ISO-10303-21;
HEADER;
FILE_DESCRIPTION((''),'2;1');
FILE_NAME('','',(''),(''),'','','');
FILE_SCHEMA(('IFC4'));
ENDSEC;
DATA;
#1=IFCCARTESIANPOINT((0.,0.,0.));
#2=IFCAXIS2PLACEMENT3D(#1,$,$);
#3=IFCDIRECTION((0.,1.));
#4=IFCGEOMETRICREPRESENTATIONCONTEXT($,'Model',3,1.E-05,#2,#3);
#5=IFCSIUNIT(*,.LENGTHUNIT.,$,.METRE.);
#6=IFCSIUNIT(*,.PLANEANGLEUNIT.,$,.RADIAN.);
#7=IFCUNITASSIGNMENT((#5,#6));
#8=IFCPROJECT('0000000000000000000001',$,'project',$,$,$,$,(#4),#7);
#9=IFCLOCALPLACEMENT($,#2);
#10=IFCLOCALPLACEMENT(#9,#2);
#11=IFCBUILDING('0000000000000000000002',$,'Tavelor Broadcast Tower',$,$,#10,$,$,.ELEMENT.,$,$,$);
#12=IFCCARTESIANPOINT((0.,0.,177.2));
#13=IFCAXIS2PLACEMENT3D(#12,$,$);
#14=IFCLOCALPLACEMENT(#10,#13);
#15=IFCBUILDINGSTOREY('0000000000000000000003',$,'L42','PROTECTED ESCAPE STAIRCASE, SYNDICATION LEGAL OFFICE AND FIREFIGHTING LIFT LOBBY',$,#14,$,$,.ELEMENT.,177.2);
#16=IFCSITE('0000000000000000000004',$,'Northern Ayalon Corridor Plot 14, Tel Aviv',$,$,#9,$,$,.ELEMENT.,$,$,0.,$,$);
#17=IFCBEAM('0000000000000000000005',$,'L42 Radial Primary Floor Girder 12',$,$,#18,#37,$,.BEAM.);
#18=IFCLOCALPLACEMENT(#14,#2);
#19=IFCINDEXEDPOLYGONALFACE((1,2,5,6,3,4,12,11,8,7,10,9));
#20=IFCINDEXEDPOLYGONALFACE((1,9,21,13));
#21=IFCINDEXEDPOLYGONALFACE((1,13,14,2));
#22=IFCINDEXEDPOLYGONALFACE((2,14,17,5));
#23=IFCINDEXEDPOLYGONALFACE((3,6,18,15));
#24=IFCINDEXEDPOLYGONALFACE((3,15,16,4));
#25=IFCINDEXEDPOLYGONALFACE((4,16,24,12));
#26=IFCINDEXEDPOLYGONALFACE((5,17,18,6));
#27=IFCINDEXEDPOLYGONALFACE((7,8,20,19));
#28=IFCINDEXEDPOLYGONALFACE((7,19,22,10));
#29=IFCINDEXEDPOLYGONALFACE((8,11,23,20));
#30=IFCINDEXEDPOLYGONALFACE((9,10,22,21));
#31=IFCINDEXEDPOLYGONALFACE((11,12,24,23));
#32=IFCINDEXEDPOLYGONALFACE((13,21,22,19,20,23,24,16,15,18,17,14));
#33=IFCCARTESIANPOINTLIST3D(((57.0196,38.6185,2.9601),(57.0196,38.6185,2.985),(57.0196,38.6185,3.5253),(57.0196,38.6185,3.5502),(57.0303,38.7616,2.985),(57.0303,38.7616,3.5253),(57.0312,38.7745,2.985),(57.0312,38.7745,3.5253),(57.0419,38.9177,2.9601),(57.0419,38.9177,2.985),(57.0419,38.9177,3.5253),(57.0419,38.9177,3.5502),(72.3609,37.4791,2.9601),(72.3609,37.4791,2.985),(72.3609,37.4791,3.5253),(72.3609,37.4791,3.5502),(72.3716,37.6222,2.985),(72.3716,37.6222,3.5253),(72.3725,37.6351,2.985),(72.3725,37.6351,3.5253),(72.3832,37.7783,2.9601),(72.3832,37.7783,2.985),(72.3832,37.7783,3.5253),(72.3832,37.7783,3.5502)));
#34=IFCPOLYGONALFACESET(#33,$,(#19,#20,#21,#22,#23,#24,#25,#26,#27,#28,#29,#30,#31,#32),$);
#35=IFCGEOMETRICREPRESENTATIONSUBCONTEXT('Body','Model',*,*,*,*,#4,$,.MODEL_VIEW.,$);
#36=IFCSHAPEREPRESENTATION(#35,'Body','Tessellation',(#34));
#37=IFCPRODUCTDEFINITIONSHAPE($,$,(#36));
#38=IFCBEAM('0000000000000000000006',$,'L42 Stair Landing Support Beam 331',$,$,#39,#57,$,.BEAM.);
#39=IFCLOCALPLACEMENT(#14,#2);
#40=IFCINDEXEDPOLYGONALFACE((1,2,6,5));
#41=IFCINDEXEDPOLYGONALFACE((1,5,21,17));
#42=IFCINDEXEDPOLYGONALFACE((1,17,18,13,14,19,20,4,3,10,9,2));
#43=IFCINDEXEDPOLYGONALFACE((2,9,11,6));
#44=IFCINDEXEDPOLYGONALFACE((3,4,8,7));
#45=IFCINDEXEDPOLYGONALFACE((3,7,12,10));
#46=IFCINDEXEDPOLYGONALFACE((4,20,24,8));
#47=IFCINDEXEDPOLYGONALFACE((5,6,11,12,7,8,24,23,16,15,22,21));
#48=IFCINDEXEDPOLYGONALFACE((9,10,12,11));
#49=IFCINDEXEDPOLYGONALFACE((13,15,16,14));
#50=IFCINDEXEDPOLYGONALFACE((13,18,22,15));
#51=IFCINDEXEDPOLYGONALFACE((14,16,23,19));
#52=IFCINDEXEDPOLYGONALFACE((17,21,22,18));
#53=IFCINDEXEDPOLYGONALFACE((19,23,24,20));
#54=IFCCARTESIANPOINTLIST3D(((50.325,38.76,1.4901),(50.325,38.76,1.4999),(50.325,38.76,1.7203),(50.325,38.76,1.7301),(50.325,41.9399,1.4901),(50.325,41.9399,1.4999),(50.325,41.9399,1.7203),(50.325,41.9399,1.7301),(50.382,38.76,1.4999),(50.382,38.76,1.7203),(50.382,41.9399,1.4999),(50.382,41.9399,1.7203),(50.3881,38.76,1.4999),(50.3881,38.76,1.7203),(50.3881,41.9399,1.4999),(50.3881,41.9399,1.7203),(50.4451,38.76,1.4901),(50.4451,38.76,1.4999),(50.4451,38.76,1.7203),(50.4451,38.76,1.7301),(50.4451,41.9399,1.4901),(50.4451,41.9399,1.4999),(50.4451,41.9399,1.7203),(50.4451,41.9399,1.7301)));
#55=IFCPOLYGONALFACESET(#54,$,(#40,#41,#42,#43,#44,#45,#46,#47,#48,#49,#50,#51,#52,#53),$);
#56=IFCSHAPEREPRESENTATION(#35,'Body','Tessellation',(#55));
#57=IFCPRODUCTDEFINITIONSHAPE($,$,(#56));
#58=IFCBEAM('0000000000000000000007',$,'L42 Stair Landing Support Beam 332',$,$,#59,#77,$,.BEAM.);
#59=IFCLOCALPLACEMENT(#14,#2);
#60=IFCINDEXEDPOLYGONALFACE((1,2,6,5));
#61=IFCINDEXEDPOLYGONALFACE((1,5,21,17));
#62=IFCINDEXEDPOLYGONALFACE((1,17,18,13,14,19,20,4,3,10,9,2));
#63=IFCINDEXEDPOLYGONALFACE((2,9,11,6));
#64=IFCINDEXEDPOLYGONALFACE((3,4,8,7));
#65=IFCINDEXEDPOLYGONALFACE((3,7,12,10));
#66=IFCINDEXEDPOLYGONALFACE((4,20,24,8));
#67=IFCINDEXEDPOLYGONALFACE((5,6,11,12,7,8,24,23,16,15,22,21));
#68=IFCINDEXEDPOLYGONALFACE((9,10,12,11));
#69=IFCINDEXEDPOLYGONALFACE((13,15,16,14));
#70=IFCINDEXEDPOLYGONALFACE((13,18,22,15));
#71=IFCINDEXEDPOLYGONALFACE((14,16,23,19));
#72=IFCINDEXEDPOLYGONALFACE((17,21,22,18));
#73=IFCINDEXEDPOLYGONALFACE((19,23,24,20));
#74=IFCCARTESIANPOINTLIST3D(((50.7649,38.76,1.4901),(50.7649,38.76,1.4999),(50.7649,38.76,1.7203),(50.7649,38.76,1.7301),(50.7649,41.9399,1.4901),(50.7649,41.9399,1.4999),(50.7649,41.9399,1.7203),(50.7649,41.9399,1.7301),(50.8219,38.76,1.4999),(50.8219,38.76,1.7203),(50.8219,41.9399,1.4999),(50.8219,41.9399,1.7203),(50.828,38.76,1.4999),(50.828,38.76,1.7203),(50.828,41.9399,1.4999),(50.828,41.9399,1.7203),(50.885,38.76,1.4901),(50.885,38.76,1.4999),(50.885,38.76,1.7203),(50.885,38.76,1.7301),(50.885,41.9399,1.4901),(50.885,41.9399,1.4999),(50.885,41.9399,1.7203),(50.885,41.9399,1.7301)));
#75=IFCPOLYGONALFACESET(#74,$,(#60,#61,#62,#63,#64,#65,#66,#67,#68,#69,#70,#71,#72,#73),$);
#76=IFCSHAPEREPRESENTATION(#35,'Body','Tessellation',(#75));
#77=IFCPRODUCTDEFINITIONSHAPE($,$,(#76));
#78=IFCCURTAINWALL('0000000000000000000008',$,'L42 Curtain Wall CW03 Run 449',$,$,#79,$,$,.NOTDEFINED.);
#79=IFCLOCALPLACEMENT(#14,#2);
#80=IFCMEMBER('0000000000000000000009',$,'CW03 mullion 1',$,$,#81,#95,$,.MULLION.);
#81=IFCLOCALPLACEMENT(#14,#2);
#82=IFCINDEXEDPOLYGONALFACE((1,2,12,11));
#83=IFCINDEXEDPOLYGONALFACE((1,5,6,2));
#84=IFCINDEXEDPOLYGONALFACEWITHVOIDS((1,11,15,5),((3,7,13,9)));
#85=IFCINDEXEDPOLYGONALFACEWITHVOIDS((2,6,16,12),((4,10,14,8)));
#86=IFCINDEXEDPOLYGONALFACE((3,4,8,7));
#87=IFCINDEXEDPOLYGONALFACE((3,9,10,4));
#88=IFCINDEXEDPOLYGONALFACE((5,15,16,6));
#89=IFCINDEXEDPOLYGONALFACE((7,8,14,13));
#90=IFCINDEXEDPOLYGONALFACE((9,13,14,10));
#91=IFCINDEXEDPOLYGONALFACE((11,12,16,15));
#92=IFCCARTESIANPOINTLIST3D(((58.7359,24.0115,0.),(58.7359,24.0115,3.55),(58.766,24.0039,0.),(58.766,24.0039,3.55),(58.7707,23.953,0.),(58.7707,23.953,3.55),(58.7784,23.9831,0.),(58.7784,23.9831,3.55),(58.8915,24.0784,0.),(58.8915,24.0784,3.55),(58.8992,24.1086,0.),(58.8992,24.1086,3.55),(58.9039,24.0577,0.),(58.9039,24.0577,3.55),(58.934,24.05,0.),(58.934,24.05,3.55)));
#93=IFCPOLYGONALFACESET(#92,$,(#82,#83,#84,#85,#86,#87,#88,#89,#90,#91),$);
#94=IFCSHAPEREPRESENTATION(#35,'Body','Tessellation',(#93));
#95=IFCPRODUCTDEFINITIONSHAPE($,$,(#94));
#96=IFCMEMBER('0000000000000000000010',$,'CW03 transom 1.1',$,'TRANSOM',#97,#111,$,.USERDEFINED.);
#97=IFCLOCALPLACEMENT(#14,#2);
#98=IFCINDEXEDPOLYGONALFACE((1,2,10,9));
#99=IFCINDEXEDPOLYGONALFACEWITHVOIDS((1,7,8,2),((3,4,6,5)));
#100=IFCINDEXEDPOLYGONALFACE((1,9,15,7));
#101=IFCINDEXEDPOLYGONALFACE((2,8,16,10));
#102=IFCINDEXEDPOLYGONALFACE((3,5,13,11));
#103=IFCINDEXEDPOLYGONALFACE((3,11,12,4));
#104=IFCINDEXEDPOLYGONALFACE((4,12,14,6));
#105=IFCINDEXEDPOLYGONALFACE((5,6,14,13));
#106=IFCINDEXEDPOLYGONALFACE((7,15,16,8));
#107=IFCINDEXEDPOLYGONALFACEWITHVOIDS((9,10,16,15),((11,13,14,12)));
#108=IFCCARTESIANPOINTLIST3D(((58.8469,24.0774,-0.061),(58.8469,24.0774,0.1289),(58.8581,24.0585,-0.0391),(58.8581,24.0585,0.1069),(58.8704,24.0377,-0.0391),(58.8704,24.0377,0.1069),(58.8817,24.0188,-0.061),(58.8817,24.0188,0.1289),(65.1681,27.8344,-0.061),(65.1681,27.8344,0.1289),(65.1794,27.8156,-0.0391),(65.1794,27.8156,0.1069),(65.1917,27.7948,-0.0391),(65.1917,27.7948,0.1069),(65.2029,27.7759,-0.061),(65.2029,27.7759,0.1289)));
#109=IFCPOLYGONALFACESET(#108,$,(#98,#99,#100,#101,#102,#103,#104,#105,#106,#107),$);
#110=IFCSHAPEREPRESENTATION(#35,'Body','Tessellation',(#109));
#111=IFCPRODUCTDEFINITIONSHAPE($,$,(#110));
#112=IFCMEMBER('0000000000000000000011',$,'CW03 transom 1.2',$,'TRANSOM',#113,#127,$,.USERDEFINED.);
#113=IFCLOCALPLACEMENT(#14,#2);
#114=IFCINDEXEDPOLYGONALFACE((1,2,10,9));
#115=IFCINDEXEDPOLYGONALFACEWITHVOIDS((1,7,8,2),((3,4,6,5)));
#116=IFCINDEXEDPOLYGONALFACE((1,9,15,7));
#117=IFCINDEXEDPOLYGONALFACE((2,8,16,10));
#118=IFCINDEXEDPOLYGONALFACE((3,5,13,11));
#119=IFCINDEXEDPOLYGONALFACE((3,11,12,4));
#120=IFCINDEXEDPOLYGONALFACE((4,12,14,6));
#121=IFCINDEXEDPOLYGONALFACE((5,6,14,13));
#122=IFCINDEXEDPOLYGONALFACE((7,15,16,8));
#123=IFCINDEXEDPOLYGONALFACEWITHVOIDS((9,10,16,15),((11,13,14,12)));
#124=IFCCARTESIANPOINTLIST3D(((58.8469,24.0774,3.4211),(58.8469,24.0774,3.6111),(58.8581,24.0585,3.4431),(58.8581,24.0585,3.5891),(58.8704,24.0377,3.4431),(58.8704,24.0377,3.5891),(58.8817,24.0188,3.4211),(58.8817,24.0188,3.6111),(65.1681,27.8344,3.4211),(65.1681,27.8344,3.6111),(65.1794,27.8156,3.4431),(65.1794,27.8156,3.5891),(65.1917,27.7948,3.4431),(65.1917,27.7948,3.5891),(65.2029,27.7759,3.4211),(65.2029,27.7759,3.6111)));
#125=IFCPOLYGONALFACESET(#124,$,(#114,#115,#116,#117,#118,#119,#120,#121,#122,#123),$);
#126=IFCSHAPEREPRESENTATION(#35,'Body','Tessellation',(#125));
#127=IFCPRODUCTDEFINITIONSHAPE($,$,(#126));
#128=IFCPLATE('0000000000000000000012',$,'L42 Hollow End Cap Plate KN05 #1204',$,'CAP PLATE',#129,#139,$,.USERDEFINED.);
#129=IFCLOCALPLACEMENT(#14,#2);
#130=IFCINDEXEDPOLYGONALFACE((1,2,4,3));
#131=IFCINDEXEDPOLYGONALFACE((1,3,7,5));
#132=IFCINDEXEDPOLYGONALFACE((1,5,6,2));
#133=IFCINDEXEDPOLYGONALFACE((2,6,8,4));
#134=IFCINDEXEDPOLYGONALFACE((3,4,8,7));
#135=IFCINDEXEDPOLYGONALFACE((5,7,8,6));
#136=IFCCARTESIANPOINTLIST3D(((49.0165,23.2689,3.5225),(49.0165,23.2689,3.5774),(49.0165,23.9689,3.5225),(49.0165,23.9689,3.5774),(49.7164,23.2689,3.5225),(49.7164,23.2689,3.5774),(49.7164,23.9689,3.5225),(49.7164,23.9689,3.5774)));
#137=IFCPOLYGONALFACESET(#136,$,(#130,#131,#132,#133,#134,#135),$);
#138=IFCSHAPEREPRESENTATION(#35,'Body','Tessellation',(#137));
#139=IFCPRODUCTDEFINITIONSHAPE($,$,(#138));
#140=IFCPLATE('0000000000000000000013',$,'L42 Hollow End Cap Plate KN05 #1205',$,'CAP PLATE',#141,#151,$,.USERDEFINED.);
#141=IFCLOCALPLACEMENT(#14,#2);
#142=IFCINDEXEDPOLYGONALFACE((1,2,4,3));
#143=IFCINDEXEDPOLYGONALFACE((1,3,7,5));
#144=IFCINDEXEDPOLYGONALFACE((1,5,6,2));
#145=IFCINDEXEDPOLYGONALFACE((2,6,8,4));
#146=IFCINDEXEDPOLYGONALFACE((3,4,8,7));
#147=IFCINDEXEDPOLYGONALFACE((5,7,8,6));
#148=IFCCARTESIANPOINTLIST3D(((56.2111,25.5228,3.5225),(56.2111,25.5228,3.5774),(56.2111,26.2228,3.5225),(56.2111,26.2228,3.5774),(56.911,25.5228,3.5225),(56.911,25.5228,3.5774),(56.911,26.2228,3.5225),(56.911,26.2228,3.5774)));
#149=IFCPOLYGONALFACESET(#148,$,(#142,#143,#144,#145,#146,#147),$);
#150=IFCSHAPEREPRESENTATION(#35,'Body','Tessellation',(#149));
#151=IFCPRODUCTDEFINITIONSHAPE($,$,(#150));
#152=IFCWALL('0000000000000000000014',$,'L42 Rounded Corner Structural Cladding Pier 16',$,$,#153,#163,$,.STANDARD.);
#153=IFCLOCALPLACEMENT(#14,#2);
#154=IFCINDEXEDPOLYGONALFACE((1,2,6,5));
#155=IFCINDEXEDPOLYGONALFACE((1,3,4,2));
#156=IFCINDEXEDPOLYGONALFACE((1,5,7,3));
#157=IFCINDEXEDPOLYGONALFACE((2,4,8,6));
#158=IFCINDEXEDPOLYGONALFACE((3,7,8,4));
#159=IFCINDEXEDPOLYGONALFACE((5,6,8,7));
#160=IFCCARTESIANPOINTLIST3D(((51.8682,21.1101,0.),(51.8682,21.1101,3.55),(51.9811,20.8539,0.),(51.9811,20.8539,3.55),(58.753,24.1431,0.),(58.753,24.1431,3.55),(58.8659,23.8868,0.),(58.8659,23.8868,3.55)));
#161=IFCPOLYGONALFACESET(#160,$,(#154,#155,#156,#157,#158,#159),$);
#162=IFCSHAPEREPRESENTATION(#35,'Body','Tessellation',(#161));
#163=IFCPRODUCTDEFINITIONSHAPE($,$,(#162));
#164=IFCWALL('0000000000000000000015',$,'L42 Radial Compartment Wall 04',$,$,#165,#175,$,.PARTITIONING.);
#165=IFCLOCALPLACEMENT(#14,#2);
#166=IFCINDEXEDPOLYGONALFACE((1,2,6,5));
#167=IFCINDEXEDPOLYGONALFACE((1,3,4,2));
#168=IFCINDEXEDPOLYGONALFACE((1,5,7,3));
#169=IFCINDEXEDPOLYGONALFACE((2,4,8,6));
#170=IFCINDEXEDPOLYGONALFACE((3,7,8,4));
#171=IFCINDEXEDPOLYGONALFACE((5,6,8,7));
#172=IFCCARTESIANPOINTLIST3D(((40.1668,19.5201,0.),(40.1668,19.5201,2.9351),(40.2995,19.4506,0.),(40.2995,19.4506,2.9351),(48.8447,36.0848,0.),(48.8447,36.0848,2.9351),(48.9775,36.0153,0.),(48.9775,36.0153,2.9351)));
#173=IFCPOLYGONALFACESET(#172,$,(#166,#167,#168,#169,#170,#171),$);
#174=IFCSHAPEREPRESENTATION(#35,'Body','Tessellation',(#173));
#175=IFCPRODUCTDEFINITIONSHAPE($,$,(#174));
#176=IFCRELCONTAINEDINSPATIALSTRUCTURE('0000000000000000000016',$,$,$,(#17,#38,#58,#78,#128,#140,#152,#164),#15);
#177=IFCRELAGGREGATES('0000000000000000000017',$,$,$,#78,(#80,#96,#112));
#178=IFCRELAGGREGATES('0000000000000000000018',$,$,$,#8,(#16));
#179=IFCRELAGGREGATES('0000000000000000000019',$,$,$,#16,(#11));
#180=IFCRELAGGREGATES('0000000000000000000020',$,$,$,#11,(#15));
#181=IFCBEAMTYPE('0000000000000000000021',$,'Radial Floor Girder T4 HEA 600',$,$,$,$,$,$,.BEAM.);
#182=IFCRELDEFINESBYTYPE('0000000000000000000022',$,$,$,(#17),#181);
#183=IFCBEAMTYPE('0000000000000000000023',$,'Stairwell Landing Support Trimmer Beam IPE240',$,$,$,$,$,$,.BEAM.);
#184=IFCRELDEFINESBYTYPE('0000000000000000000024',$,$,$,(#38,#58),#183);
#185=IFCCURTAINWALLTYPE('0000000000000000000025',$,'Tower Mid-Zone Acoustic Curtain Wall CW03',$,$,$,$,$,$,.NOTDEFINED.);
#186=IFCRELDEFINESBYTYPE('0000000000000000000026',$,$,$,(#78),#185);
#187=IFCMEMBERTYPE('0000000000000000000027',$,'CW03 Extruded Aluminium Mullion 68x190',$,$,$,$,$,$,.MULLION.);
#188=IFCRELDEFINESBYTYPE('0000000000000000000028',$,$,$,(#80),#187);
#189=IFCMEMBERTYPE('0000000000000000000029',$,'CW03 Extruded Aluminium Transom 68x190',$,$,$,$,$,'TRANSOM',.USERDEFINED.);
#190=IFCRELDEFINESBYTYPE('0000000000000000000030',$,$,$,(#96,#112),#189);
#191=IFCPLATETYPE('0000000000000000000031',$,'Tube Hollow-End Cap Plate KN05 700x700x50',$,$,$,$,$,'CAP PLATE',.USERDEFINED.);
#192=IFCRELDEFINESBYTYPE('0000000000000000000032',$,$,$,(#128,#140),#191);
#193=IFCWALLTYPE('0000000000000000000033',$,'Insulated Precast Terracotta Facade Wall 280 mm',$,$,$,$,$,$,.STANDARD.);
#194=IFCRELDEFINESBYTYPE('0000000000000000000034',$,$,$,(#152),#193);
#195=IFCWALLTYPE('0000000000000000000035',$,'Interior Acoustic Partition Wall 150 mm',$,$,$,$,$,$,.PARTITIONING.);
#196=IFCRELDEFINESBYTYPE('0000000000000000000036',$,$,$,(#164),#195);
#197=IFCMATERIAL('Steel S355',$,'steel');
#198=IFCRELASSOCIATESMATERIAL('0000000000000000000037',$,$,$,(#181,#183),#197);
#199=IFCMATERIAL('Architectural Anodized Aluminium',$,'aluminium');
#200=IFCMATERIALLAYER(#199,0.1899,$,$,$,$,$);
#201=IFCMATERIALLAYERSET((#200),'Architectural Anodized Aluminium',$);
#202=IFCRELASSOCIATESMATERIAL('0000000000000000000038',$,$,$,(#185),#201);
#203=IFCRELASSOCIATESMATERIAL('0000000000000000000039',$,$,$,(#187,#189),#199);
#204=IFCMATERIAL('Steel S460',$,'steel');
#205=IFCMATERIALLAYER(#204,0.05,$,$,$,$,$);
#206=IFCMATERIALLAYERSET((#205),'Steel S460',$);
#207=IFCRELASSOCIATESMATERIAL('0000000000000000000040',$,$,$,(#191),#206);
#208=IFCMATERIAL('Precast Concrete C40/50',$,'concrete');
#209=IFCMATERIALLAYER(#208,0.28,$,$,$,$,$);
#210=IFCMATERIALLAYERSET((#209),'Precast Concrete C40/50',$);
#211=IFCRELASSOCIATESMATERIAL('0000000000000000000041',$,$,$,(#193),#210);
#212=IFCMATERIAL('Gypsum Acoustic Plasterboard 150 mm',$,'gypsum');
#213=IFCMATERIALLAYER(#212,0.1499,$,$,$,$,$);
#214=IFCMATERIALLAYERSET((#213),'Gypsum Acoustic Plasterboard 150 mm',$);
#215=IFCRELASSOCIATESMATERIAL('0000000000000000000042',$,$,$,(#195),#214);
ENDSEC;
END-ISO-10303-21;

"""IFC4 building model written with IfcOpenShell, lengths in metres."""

from ifc_helpers import new_model, si_unit, direction, frame, frame_2d, origin, origin_2d, place, context, subcontext, project, spatial, rectangle, hollow_rectangle, i_section, extrude, source, transform, mapped, material, layer, layer_set, material_profile, profile_set, type_object, type_shapes, element, aggregate, save


model = new_model("IFC4")

# Units and contexts
model_context = context("Model", 3, precision=1e-05, world=origin(), true_north=direction((0.0, 1.0)))
body_context = subcontext(model_context, "Body", "Model", "MODEL_VIEW")
ifc_project = project(units=[si_unit("LENGTHUNIT", "METRE"), si_unit("PLANEANGLEUNIT", "RADIAN")], contexts=[model_context])

# Site, building, storey
site_placement = place(None, origin())
site = spatial("IfcSite", under=ifc_project, at=site_placement, Name="Northern Ayalon Corridor Plot 14, Tel Aviv", CompositionType="ELEMENT", RefElevation=0.0)
building_placement = place(site_placement, origin())
building = spatial("IfcBuilding", under=site, at=building_placement, Name="Tavelor Broadcast Tower", CompositionType="ELEMENT")
storey_placement = place(building_placement, frame((0.0, 0.0, 177.2)))
storey = spatial("IfcBuildingStorey", under=building, at=storey_placement, Name="L42", Description="PROTECTED ESCAPE STAIRCASE, SYNDICATION LEGAL OFFICE AND FIREFIGHTING LIFT LOBBY", CompositionType="ELEMENT", Elevation=177.2)

# Shared definitions
ifc_material_1 = material(Name="Steel S460", Category="steel")

# Beams
ifc_material_2 = material(Name="Steel S355", Category="steel")
ifc_material_profile_1 = material_profile(ifc_material_2, i_section(OverallWidth=0.3, OverallDepth=0.5901, WebThickness=0.0129, FlangeThickness=0.0249, at=origin_2d()), Name="HEA 600")
ifc_profile_set_1 = profile_set([ifc_material_profile_1], Name="Steel S355")
beam_type_1 = type_object("IfcBeamType", Name="Radial Floor Girder T4 HEA 600", PredefinedType="BEAM", material=ifc_profile_set_1)
beam_1_placement = place(storey_placement, frame((57.0308, 38.7681, 3.2551), z_axis=(0.997253, -0.074066, 0.0), x_axis=(0.074066, 0.997253, 0.0)))
element("IfcBeam", 1, at=beam_1_placement, inside=storey, type_object=beam_type_1, Name="L42 Radial Primary Floor Girder 12", PredefinedType="BEAM", context=body_context, shape_type="SweptSolid", body=[
    extrude(i_section(OverallWidth=0.3, OverallDepth=0.5901, WebThickness=0.0129, FlangeThickness=0.0249, at=origin_2d()), origin(), (0.0, 0.0, 1.0), 15.3835),
])
ifc_material_profile_2 = material_profile(ifc_material_2, i_section(OverallWidth=0.1201, OverallDepth=0.24, WebThickness=0.0061, FlangeThickness=0.0098, at=origin_2d()), Name="IPE 240")
ifc_profile_set_2 = profile_set([ifc_material_profile_2], Name="Steel S355")
beam_type_2 = type_object("IfcBeamType", Name="Stairwell Landing Support Trimmer Beam IPE240", PredefinedType="BEAM", material=ifc_profile_set_2)
for number, where, z_axis, x_axis, name in (
    (2, (50.385, 38.76, 1.6101), (0.0, 1.0, 0.0), (-1.0, 0.0, 0.0), "L42 Stair Landing Support Beam 331"),
    (3, (50.825, 38.76, 1.6101), (0.0, 1.0, 0.0), (-1.0, 0.0, 0.0), "L42 Stair Landing Support Beam 332"),
):
    element("IfcBeam", number, at=place(storey_placement, frame(where, z_axis=z_axis, x_axis=x_axis)), inside=storey, type_object=beam_type_2, Name=name, PredefinedType="BEAM", context=body_context, shape_type="SweptSolid", body=[
        extrude(i_section(OverallWidth=0.1201, OverallDepth=0.24, WebThickness=0.0061, FlangeThickness=0.0098, at=origin_2d()), origin(), (0.0, 0.0, 1.0), 3.1799),
    ])

# Curtain wall, members
ifc_material_3 = material(Name="Architectural Anodized Aluminium", Category="aluminium")
ifc_layer_1 = layer(ifc_material_3, 0.1899)
ifc_layer_set_1 = layer_set([ifc_layer_1], Name="Architectural Anodized Aluminium")
curtain_wall_type = type_object("IfcCurtainWallType", Name="Tower Mid-Zone Acoustic Curtain Wall CW03", PredefinedType="NOTDEFINED", material=ifc_layer_set_1)
curtain_wall_placement = place(storey_placement, origin())
curtain_wall = element("IfcCurtainWall", 4, at=curtain_wall_placement, inside=storey, type_object=curtain_wall_type, Name="L42 Curtain Wall CW03 Run 449", PredefinedType="NOTDEFINED")
ifc_material_profile_3 = material_profile(ifc_material_3, hollow_rectangle(XDim=0.0681, YDim=0.1899, WallThickness=0.022, at=origin_2d()), Name="RHS 68x190x22")
ifc_profile_set_3 = profile_set([ifc_material_profile_3], Name="Architectural Anodized Aluminium")
member_type_1 = type_object("IfcMemberType", Name="CW03 Extruded Aluminium Mullion 68x190", PredefinedType="MULLION", material=ifc_profile_set_3)
shared_shape_1 = source(origin(), body_context, "Body", "SweptSolid", [
    extrude(hollow_rectangle(XDim=0.0681, YDim=0.1899, WallThickness=0.022, at=origin_2d()), origin(), (0.0, 0.0, 1.0), 3.55),
])
type_shapes(member_type_1, [shared_shape_1])
member_1_placement = place(storey_placement, frame((58.835, 24.0308, 0.0), z_axis=(0.0, 0.0, 1.0), x_axis=(-0.510916, 0.859631, 0.0)))
member_1 = element("IfcMember", 5, at=member_1_placement, type_object=member_type_1, Name="CW03 mullion 1", PredefinedType="MULLION", context=body_context, shape_type="MappedRepresentation", body=[
    mapped(shared_shape_1, transform((0.0, 0.0, 0.0), scale=1.0)),
])
ifc_material_profile_4 = material_profile(ifc_material_3, hollow_rectangle(XDim=0.0681, YDim=0.1899, WallThickness=0.022, at=origin_2d()), Name="RHS 68x190x22")
ifc_profile_set_4 = profile_set([ifc_material_profile_4], Name="Architectural Anodized Aluminium")
member_type_2 = type_object("IfcMemberType", Name="CW03 Extruded Aluminium Transom 68x190", ElementType="TRANSOM", PredefinedType="USERDEFINED", material=ifc_profile_set_4)
shared_shape_2 = source(origin(), body_context, "Body", "SweptSolid", [
    extrude(hollow_rectangle(XDim=0.0681, YDim=0.1899, WallThickness=0.022, at=origin_2d()), origin(), (0.0, 0.0, 1.0), 7.3535),
])
type_shapes(member_type_2, [shared_shape_2])
member_2_placement = place(storey_placement, frame((58.8643, 24.0481, 0.0339), z_axis=(0.859627, 0.510922, 0.0), x_axis=(-0.510922, 0.859627, 0.0)))
member_2 = element("IfcMember", 6, at=member_2_placement, type_object=member_type_2, Name="CW03 transom 1.1", ObjectType="TRANSOM", PredefinedType="USERDEFINED", context=body_context, shape_type="MappedRepresentation", body=[
    mapped(shared_shape_2, transform((0.0, 0.0, 0.0), scale=1.0)),
])
member_3_placement = place(storey_placement, frame((58.8643, 24.0481, 3.5161), z_axis=(0.859627, 0.510922, 0.0), x_axis=(-0.510922, 0.859627, 0.0)))
member_3 = element("IfcMember", 7, at=member_3_placement, type_object=member_type_2, Name="CW03 transom 1.2", ObjectType="TRANSOM", PredefinedType="USERDEFINED", context=body_context, shape_type="MappedRepresentation", body=[
    mapped(shared_shape_2, transform((0.0, 0.0, 0.0), scale=1.0)),
])
aggregate(curtain_wall, [member_1, member_2, member_3])

# Plates
ifc_layer_2 = layer(ifc_material_1, 0.05)
ifc_layer_set_2 = layer_set([ifc_layer_2], Name="Steel S460")
plate_type = type_object("IfcPlateType", Name="Tube Hollow-End Cap Plate KN05 700x700x50", ElementType="CAP PLATE", PredefinedType="USERDEFINED", material=ifc_layer_set_2)
shared_shape_3 = source(origin(), body_context, "Body", "SweptSolid", [
    extrude(rectangle(XDim=0.7, YDim=0.7, at=origin_2d()), origin(), (0.0, 0.0, 1.0), 0.0549),
])
type_shapes(plate_type, [shared_shape_3])
for number, where, z_axis, x_axis, name in (
    (8, (49.3665, 23.6189, 3.5225), (0.0, 0.0, 1.0), (1.0, 0.0, 0.0), "L42 Hollow End Cap Plate KN05 #1204"),
    (9, (56.561, 25.8728, 3.5225), (0.0, 0.0, 1.0), (1.0, 0.0, 0.0), "L42 Hollow End Cap Plate KN05 #1205"),
):
    element("IfcPlate", number, at=place(storey_placement, frame(where, z_axis=z_axis, x_axis=x_axis)), inside=storey, type_object=plate_type, Name=name, ObjectType="CAP PLATE", PredefinedType="USERDEFINED", context=body_context, shape_type="MappedRepresentation", body=[
        mapped(shared_shape_3, transform((0.0, 0.0, 0.0), scale=1.0)),
    ])

# Walls
ifc_material_4 = material(Name="Precast Concrete C40/50", Category="concrete")
ifc_layer_3 = layer(ifc_material_4, 0.28)
ifc_layer_set_3 = layer_set([ifc_layer_3], Name="Precast Concrete C40/50")
wall_type_1 = type_object("IfcWallType", Name="Insulated Precast Terracotta Facade Wall 280 mm", PredefinedType="STANDARD", material=ifc_layer_set_3)
wall_1_placement = place(storey_placement, frame((51.9246, 20.9819, 0.0), z_axis=(0.0, 0.0, 1.0), x_axis=(0.915136, 0.403146, 0.0)))
element("IfcWall", 10, at=wall_1_placement, inside=storey, type_object=wall_type_1, Name="L42 Rounded Corner Structural Cladding Pier 16", PredefinedType="STANDARD", context=body_context, shape_type="SweptSolid", body=[
    extrude(rectangle(XDim=7.5232, YDim=0.28, at=frame_2d((3.7617, 0.0))), origin(), (0.0, 0.0, 1.0), 3.55),
])
ifc_material_5 = material(Name="Gypsum Acoustic Plasterboard 150 mm", Category="gypsum")
ifc_layer_4 = layer(ifc_material_5, 0.1499)
ifc_layer_set_4 = layer_set([ifc_layer_4], Name="Gypsum Acoustic Plasterboard 150 mm")
wall_type_2 = type_object("IfcWallType", Name="Interior Acoustic Partition Wall 150 mm", PredefinedType="PARTITIONING", material=ifc_layer_set_4)
wall_2_placement = place(storey_placement, frame((48.9111, 36.05, 0.0), z_axis=(0.0, 0.0, 1.0), x_axis=(-0.464059, -0.885804, 0.0)))
element("IfcWall", 11, at=wall_2_placement, inside=storey, type_object=wall_type_2, Name="L42 Radial Compartment Wall 04", PredefinedType="PARTITIONING", context=body_context, shape_type="SweptSolid", body=[
    extrude(rectangle(XDim=18.7002, YDim=0.1499, at=frame_2d((9.3501, 0.0))), origin(), (0.0, 0.0, 1.0), 2.9351),
])

save(model, "model.ifc")
